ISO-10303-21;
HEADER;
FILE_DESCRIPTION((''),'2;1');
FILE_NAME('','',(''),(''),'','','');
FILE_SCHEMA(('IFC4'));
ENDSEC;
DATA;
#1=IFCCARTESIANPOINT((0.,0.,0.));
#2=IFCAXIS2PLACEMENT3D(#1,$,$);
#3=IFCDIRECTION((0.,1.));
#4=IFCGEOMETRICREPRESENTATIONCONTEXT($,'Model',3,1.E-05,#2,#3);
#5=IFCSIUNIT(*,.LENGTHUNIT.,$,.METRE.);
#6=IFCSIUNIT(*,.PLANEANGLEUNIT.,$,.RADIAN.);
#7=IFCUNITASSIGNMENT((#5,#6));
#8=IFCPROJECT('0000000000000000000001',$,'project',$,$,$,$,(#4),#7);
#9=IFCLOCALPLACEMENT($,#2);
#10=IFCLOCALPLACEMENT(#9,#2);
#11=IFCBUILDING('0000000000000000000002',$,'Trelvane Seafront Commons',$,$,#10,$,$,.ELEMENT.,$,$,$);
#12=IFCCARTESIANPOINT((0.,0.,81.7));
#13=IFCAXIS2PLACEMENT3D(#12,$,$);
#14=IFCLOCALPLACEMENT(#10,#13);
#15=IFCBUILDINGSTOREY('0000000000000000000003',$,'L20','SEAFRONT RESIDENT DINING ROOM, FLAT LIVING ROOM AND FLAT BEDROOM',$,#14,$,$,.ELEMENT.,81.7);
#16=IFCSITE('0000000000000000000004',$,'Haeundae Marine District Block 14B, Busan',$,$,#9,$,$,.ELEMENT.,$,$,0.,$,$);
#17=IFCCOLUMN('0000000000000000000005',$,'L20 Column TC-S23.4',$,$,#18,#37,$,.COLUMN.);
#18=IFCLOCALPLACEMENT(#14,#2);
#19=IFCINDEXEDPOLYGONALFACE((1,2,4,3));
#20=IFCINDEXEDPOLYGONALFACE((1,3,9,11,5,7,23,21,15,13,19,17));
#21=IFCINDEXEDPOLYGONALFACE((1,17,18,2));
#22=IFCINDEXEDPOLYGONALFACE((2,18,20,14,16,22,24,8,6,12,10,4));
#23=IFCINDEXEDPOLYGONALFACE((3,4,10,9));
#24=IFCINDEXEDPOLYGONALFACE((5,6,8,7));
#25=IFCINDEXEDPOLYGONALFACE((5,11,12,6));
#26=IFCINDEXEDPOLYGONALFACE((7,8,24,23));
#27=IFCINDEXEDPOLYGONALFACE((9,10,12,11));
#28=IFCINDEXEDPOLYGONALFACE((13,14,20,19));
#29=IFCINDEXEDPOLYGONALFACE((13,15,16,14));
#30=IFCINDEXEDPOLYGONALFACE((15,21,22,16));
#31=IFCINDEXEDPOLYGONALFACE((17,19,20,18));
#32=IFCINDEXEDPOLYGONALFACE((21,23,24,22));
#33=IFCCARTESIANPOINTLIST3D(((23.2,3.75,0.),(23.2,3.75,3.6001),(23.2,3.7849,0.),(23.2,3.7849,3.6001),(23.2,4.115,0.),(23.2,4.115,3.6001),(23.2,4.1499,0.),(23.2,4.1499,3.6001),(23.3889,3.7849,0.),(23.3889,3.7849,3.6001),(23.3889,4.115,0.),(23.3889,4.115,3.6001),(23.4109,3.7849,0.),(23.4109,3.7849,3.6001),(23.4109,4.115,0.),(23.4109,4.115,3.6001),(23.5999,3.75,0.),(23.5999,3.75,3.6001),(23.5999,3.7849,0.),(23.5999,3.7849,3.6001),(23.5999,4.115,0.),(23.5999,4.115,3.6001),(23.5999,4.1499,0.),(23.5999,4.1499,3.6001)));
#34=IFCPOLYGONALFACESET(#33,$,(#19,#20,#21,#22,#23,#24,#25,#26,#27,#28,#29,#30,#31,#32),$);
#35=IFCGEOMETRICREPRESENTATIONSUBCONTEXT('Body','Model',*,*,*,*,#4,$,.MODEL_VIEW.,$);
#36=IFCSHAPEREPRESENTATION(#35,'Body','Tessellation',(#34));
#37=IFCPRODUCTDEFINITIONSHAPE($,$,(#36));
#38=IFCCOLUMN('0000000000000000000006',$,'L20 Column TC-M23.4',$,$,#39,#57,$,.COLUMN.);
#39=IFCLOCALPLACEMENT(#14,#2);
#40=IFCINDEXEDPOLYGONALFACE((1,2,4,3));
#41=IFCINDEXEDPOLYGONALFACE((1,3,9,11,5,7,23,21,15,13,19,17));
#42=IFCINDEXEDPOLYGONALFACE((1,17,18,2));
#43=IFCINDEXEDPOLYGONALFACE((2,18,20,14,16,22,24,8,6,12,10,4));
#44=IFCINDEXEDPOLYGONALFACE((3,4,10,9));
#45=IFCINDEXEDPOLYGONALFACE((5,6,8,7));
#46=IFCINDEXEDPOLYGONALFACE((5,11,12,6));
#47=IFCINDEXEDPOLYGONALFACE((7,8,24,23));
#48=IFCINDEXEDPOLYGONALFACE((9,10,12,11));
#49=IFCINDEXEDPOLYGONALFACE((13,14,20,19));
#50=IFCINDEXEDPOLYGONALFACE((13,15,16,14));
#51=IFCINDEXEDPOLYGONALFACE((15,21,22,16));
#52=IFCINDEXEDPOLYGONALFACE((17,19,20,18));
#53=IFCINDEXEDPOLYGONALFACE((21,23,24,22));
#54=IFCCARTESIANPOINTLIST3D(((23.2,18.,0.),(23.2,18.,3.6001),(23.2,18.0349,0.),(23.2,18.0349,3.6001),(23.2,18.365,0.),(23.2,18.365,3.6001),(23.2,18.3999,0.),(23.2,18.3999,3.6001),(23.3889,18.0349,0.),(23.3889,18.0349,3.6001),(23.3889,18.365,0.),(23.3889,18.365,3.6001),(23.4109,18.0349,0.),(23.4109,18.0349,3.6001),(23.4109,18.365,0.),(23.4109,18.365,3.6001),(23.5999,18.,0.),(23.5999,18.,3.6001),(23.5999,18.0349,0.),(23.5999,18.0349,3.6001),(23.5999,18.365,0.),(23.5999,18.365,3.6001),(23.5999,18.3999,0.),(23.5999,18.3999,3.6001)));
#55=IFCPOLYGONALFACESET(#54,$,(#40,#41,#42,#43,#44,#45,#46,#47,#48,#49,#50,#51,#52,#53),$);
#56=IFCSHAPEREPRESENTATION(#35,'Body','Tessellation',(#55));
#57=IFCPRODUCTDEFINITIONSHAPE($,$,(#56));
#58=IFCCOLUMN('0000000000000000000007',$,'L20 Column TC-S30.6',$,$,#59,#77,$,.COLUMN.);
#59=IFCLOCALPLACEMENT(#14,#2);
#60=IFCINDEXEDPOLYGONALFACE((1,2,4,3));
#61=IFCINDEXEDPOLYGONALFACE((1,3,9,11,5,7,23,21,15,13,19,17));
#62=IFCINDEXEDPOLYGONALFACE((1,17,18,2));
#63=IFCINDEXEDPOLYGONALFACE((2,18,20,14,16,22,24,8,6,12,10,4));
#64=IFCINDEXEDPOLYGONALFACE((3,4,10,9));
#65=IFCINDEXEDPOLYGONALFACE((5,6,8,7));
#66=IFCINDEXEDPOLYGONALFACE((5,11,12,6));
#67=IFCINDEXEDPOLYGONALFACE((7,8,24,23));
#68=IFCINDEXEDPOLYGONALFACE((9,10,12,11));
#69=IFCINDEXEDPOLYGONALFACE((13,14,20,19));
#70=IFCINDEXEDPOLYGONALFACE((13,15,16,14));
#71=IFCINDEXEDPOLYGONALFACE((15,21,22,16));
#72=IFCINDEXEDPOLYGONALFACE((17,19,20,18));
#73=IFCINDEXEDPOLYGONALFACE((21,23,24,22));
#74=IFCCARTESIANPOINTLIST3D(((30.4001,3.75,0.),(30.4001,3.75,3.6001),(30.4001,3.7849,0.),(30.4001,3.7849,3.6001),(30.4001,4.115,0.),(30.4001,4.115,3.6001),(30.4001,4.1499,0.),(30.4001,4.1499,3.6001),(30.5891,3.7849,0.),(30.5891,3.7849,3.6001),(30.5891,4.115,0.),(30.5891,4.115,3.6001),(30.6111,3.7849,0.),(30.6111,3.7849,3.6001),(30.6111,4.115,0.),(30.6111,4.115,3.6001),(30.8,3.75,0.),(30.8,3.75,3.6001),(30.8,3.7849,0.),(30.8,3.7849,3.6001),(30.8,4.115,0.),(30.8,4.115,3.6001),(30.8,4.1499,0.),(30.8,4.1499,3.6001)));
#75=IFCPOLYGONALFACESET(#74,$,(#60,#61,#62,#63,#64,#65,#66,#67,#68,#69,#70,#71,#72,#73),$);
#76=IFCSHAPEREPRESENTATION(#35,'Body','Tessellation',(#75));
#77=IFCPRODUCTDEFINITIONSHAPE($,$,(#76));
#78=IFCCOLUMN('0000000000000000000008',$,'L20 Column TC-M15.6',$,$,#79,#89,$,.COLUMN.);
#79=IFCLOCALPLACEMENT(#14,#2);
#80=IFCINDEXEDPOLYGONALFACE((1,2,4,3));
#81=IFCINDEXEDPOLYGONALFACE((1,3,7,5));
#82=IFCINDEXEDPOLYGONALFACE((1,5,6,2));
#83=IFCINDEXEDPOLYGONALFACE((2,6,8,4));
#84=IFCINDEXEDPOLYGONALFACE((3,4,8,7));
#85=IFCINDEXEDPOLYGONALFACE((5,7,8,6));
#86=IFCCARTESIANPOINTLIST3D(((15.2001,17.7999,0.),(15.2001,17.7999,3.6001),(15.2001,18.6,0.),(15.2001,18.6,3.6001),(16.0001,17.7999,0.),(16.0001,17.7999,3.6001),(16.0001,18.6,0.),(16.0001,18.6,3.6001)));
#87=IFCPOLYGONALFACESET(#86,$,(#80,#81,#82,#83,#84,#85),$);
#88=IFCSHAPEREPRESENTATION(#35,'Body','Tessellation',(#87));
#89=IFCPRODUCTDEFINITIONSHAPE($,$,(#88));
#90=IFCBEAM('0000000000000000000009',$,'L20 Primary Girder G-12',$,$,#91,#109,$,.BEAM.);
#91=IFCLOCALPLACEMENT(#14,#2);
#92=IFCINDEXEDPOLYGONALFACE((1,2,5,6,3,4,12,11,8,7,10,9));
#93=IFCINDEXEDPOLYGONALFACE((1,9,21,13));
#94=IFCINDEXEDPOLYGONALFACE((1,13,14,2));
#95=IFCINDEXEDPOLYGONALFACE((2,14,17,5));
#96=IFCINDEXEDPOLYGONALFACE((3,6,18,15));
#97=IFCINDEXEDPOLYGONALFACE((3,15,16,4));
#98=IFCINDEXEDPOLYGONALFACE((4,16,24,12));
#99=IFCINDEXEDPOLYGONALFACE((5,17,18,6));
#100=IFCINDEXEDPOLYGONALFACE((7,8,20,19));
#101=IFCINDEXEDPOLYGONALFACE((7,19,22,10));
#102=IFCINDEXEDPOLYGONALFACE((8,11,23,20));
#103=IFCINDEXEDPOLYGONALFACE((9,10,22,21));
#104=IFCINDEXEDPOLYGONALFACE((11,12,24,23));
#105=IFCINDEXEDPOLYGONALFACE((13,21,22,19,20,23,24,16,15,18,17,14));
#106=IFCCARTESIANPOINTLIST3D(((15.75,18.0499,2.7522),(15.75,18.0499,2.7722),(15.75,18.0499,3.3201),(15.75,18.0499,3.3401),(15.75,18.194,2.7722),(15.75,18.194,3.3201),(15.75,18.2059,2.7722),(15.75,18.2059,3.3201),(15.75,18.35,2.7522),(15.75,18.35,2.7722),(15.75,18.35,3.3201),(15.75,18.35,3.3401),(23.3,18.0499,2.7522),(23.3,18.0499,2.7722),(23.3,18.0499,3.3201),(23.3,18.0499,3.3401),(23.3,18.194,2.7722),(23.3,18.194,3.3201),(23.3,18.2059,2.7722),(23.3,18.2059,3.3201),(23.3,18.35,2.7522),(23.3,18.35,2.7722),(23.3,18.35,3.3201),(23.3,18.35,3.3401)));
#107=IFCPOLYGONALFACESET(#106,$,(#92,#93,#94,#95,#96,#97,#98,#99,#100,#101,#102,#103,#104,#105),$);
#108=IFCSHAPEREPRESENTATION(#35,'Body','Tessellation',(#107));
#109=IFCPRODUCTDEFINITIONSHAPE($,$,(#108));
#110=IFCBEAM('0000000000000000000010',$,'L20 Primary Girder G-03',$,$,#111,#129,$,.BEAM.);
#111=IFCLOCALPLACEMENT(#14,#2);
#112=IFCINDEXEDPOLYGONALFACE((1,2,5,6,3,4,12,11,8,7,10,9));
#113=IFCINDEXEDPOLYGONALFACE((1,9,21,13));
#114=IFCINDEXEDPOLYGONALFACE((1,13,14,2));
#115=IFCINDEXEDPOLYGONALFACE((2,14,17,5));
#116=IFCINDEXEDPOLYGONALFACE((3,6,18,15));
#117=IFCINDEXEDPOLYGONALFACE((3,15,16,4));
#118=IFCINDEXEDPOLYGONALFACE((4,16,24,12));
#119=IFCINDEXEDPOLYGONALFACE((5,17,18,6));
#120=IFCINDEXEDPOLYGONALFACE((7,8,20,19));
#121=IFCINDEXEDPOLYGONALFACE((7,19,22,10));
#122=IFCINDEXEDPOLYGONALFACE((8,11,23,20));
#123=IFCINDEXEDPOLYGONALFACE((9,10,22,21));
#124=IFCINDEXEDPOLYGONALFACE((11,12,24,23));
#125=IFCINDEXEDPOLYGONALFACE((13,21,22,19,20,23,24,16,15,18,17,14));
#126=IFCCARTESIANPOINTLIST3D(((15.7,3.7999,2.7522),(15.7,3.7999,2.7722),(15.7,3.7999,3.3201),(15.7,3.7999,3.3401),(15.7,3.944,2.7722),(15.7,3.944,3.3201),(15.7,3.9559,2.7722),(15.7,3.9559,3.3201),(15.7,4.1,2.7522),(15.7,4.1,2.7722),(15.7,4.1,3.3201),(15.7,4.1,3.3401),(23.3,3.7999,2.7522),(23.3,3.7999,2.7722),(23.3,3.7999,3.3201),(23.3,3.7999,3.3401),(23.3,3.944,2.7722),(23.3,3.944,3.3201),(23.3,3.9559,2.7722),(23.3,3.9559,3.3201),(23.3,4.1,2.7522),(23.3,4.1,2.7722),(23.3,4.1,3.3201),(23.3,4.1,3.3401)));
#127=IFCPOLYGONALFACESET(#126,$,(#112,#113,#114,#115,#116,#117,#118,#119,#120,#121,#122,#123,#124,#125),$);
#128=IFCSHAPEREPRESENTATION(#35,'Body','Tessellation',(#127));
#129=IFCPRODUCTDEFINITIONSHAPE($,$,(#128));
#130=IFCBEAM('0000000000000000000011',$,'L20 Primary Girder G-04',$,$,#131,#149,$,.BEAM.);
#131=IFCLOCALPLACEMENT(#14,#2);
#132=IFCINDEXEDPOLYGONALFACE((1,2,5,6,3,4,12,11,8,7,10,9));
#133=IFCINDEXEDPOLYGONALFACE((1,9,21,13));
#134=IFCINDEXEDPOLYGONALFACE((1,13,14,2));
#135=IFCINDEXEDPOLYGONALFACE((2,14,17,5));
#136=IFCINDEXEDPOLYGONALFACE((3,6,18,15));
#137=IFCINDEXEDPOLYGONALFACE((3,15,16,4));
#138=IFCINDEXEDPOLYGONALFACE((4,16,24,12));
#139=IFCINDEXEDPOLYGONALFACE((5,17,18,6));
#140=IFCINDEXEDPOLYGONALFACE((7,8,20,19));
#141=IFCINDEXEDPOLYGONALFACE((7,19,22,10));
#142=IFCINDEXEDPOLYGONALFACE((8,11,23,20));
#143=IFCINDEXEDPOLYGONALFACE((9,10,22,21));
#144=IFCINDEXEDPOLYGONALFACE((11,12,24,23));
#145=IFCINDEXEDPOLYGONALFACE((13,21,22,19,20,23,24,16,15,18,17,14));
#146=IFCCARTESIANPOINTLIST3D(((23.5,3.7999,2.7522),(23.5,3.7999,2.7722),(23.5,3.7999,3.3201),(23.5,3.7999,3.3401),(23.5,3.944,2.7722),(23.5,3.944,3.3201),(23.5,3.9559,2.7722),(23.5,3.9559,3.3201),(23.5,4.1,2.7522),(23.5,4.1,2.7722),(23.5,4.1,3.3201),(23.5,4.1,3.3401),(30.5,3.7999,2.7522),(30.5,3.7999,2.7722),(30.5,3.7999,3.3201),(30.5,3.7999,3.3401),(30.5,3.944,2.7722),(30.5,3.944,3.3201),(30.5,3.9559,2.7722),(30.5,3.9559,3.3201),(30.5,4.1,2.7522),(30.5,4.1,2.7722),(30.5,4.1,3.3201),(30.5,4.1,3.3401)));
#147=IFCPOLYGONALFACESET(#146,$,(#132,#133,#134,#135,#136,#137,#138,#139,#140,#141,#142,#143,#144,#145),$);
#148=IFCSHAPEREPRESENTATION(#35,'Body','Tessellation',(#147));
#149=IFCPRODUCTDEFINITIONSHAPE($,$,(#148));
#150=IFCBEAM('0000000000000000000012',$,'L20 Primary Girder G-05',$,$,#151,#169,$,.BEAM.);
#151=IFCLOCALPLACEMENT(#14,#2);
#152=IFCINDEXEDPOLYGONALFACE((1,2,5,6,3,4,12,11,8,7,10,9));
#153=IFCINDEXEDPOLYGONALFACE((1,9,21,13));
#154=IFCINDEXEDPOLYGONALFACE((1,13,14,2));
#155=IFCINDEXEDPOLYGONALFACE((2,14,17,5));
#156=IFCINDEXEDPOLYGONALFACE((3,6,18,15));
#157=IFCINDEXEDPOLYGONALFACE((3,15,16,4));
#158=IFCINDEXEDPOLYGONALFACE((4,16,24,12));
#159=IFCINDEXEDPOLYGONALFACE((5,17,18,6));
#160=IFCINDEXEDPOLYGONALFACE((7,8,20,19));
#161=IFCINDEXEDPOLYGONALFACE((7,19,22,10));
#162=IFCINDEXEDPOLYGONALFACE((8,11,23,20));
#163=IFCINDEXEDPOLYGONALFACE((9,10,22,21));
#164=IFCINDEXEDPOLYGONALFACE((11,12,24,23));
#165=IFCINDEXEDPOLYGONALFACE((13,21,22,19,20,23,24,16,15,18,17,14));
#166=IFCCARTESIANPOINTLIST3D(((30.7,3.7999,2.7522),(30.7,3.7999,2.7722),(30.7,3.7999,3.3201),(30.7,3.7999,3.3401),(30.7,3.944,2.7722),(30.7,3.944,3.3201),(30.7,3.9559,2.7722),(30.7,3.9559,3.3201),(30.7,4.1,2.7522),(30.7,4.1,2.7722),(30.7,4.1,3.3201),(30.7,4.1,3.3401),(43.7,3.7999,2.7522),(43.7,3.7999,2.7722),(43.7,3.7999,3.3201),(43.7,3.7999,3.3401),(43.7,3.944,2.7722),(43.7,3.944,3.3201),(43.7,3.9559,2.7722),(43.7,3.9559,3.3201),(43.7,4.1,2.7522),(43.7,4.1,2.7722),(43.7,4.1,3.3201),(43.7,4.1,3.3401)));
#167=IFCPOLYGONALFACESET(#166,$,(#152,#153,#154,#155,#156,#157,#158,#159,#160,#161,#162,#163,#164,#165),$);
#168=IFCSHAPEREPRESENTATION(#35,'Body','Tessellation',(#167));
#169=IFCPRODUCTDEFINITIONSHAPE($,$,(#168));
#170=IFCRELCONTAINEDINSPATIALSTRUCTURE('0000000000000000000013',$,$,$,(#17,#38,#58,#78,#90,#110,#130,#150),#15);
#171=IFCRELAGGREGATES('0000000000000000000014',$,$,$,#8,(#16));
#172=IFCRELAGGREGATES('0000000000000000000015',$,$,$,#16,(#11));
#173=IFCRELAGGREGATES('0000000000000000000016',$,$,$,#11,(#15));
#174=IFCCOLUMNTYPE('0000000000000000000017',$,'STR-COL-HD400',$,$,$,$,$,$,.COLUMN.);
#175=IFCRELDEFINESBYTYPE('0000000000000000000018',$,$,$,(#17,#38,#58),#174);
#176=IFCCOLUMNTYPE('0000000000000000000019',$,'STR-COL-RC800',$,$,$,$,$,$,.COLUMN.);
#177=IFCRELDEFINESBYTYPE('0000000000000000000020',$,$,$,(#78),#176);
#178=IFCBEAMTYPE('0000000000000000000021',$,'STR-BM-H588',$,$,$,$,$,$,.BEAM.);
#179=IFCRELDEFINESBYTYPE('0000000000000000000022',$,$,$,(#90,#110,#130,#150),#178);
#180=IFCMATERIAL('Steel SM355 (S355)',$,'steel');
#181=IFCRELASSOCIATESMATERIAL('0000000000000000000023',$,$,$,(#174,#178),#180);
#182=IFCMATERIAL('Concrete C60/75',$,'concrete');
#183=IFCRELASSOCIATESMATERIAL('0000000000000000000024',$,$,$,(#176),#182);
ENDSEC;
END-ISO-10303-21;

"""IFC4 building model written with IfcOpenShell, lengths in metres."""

from ifc_helpers import new_model, si_unit, direction, frame, origin, origin_2d, place, context, subcontext, project, spatial, rectangle, i_section, extrude, source, transform, mapped, material, material_profile, profile_set, type_object, element, save


model = new_model("IFC4")

# Units and contexts
model_context = context("Model", 3, precision=1e-05, world=origin(), true_north=direction((0.0, 1.0)))
body_context = subcontext(model_context, "Body", "Model", "MODEL_VIEW")
ifc_project = project(units=[si_unit("LENGTHUNIT", "METRE"), si_unit("PLANEANGLEUNIT", "RADIAN")], contexts=[model_context])

# Site, building, storey
site_placement = place(None, origin())
site = spatial("IfcSite", under=ifc_project, at=site_placement, Name="Haeundae Marine District Block 14B, Busan", CompositionType="ELEMENT", RefElevation=0.0)
building_placement = place(site_placement, origin())
building = spatial("IfcBuilding", under=site, at=building_placement, Name="Trelvane Seafront Commons", CompositionType="ELEMENT")
storey_placement = place(building_placement, frame((0.0, 0.0, 81.7)))
storey = spatial("IfcBuildingStorey", under=building, at=storey_placement, Name="L20", Description="SEAFRONT RESIDENT DINING ROOM, FLAT LIVING ROOM AND FLAT BEDROOM", CompositionType="ELEMENT", Elevation=81.7)

# Columns
ifc_material_1 = material(Name="Steel SM355 (S355)", Category="steel")
ifc_material_profile_1 = material_profile(ifc_material_1, i_section(OverallWidth=0.3999, OverallDepth=0.3999, WebThickness=0.022, FlangeThickness=0.0349, at=origin_2d()), Name="HD-400x400x22x35")
ifc_profile_set_1 = profile_set([ifc_material_profile_1], Name="Steel SM355 (S355)")
column_type_1 = type_object("IfcColumnType", Name="STR-COL-HD400", PredefinedType="COLUMN", material=ifc_profile_set_1)
shared_shape_1 = source(origin(), body_context, "Body", "SweptSolid", [
    extrude(i_section(OverallWidth=0.3999, OverallDepth=0.3999, WebThickness=0.022, FlangeThickness=0.0349, at=origin_2d()), origin(), (0.0, 0.0, 1.0), 3.6001),
])
for number, where, z_axis, x_axis, name in (
    (1, (23.3999, 3.95, 0.0), (0.0, 0.0, 1.0), (1.0, 0.0, 0.0), "L20 Column TC-S23.4"),
    (2, (23.3999, 18.2, 0.0), (0.0, 0.0, 1.0), (1.0, 0.0, 0.0), "L20 Column TC-M23.4"),
    (3, (30.6001, 3.95, 0.0), (0.0, 0.0, 1.0), (1.0, 0.0, 0.0), "L20 Column TC-S30.6"),
):
    element("IfcColumn", number, at=place(storey_placement, frame(where, z_axis=z_axis, x_axis=x_axis)), inside=storey, type_object=column_type_1, Name=name, PredefinedType="COLUMN", context=body_context, shape_type="MappedRepresentation", body=[
        mapped(shared_shape_1, transform((0.0, 0.0, 0.0), x_axis=(1.0, 0.0, 0.0), y_axis=(0.0, 1.0, 0.0), z_axis=(0.0, 0.0, 1.0), scale=1.0)),
    ])
ifc_material_2 = material(Name="Concrete C60/75", Category="concrete")
ifc_material_profile_2 = material_profile(ifc_material_2, rectangle(XDim=0.8, YDim=0.8, at=origin_2d()), Name="RC-800x800")
ifc_profile_set_2 = profile_set([ifc_material_profile_2], Name="Concrete C60/75")
column_type_2 = type_object("IfcColumnType", Name="STR-COL-RC800", PredefinedType="COLUMN", material=ifc_profile_set_2)
shared_shape_2 = source(origin(), body_context, "Body", "SweptSolid", [
    extrude(rectangle(XDim=0.8, YDim=0.8, at=origin_2d()), origin(), (0.0, 0.0, 1.0), 3.6001),
])
column_placement = place(storey_placement, frame((15.6001, 18.2, 0.0), z_axis=(0.0, 0.0, 1.0), x_axis=(1.0, 0.0, 0.0)))
element("IfcColumn", 4, at=column_placement, inside=storey, type_object=column_type_2, Name="L20 Column TC-M15.6", PredefinedType="COLUMN", context=body_context, shape_type="MappedRepresentation", body=[
    mapped(shared_shape_2, transform((0.0, 0.0, 0.0), x_axis=(1.0, 0.0, 0.0), y_axis=(0.0, 1.0, 0.0), z_axis=(0.0, 0.0, 1.0), scale=1.0)),
])

# Beams
ifc_material_profile_3 = material_profile(ifc_material_1, i_section(OverallWidth=0.3, OverallDepth=0.5879, WebThickness=0.012, FlangeThickness=0.02, at=origin_2d()), Name="H-588x300x12x20")
ifc_profile_set_3 = profile_set([ifc_material_profile_3], Name="Steel SM355 (S355)")
beam_type_1 = type_object("IfcBeamType", Name="STR-BM-H588", PredefinedType="BEAM", material=ifc_profile_set_3)
shared_shape_3 = source(origin(), body_context, "Body", "SweptSolid", [
    extrude(i_section(OverallWidth=0.3, OverallDepth=0.5879, WebThickness=0.012, FlangeThickness=0.02, at=origin_2d()), origin(), (0.0, 0.0, 1.0), 7.55),
])
beam_1_placement = place(storey_placement, frame((15.75, 18.2, 3.0461), z_axis=(1.0, 0.0, 0.0), x_axis=(0.0, 1.0, 0.0)))
element("IfcBeam", 5, at=beam_1_placement, inside=storey, type_object=beam_type_1, Name="L20 Primary Girder G-12", PredefinedType="BEAM", context=body_context, shape_type="MappedRepresentation", body=[
    mapped(shared_shape_3, transform((0.0, 0.0, 0.0), x_axis=(1.0, 0.0, 0.0), y_axis=(0.0, 1.0, 0.0), z_axis=(0.0, 0.0, 1.0), scale=1.0)),
])
shared_shape_4 = source(origin(), body_context, "Body", "SweptSolid", [
    extrude(i_section(OverallWidth=0.3, OverallDepth=0.5879, WebThickness=0.012, FlangeThickness=0.02, at=origin_2d()), origin(), (0.0, 0.0, 1.0), 7.6001),
])
beam_2_placement = place(storey_placement, frame((15.7, 3.95, 3.0461), z_axis=(1.0, 0.0, 0.0), x_axis=(0.0, 1.0, 0.0)))
element("IfcBeam", 6, at=beam_2_placement, inside=storey, type_object=beam_type_1, Name="L20 Primary Girder G-03", PredefinedType="BEAM", context=body_context, shape_type="MappedRepresentation", body=[
    mapped(shared_shape_4, transform((0.0, 0.0, 0.0), x_axis=(1.0, 0.0, 0.0), y_axis=(0.0, 1.0, 0.0), z_axis=(0.0, 0.0, 1.0), scale=1.0)),
])
shared_shape_5 = source(origin(), body_context, "Body", "SweptSolid", [
    extrude(i_section(OverallWidth=0.3, OverallDepth=0.5879, WebThickness=0.012, FlangeThickness=0.02, at=origin_2d()), origin(), (0.0, 0.0, 1.0), 7.0),
])
beam_3_placement = place(storey_placement, frame((23.5, 3.95, 3.0461), z_axis=(1.0, 0.0, 0.0), x_axis=(0.0, 1.0, 0.0)))
element("IfcBeam", 7, at=beam_3_placement, inside=storey, type_object=beam_type_1, Name="L20 Primary Girder G-04", PredefinedType="BEAM", context=body_context, shape_type="MappedRepresentation", body=[
    mapped(shared_shape_5, transform((0.0, 0.0, 0.0), x_axis=(1.0, 0.0, 0.0), y_axis=(0.0, 1.0, 0.0), z_axis=(0.0, 0.0, 1.0), scale=1.0)),
])
shared_shape_6 = source(origin(), body_context, "Body", "SweptSolid", [
    extrude(i_section(OverallWidth=0.3, OverallDepth=0.5879, WebThickness=0.012, FlangeThickness=0.02, at=origin_2d()), origin(), (0.0, 0.0, 1.0), 13.0),
])
beam_4_placement = place(storey_placement, frame((30.7, 3.95, 3.0461), z_axis=(1.0, 0.0, 0.0), x_axis=(0.0, 1.0, 0.0)))
element("IfcBeam", 8, at=beam_4_placement, inside=storey, type_object=beam_type_1, Name="L20 Primary Girder G-05", PredefinedType="BEAM", context=body_context, shape_type="MappedRepresentation", body=[
    mapped(shared_shape_6, transform((0.0, 0.0, 0.0), x_axis=(1.0, 0.0, 0.0), y_axis=(0.0, 1.0, 0.0), z_axis=(0.0, 0.0, 1.0), scale=1.0)),
])

save(model, "model.ifc")
